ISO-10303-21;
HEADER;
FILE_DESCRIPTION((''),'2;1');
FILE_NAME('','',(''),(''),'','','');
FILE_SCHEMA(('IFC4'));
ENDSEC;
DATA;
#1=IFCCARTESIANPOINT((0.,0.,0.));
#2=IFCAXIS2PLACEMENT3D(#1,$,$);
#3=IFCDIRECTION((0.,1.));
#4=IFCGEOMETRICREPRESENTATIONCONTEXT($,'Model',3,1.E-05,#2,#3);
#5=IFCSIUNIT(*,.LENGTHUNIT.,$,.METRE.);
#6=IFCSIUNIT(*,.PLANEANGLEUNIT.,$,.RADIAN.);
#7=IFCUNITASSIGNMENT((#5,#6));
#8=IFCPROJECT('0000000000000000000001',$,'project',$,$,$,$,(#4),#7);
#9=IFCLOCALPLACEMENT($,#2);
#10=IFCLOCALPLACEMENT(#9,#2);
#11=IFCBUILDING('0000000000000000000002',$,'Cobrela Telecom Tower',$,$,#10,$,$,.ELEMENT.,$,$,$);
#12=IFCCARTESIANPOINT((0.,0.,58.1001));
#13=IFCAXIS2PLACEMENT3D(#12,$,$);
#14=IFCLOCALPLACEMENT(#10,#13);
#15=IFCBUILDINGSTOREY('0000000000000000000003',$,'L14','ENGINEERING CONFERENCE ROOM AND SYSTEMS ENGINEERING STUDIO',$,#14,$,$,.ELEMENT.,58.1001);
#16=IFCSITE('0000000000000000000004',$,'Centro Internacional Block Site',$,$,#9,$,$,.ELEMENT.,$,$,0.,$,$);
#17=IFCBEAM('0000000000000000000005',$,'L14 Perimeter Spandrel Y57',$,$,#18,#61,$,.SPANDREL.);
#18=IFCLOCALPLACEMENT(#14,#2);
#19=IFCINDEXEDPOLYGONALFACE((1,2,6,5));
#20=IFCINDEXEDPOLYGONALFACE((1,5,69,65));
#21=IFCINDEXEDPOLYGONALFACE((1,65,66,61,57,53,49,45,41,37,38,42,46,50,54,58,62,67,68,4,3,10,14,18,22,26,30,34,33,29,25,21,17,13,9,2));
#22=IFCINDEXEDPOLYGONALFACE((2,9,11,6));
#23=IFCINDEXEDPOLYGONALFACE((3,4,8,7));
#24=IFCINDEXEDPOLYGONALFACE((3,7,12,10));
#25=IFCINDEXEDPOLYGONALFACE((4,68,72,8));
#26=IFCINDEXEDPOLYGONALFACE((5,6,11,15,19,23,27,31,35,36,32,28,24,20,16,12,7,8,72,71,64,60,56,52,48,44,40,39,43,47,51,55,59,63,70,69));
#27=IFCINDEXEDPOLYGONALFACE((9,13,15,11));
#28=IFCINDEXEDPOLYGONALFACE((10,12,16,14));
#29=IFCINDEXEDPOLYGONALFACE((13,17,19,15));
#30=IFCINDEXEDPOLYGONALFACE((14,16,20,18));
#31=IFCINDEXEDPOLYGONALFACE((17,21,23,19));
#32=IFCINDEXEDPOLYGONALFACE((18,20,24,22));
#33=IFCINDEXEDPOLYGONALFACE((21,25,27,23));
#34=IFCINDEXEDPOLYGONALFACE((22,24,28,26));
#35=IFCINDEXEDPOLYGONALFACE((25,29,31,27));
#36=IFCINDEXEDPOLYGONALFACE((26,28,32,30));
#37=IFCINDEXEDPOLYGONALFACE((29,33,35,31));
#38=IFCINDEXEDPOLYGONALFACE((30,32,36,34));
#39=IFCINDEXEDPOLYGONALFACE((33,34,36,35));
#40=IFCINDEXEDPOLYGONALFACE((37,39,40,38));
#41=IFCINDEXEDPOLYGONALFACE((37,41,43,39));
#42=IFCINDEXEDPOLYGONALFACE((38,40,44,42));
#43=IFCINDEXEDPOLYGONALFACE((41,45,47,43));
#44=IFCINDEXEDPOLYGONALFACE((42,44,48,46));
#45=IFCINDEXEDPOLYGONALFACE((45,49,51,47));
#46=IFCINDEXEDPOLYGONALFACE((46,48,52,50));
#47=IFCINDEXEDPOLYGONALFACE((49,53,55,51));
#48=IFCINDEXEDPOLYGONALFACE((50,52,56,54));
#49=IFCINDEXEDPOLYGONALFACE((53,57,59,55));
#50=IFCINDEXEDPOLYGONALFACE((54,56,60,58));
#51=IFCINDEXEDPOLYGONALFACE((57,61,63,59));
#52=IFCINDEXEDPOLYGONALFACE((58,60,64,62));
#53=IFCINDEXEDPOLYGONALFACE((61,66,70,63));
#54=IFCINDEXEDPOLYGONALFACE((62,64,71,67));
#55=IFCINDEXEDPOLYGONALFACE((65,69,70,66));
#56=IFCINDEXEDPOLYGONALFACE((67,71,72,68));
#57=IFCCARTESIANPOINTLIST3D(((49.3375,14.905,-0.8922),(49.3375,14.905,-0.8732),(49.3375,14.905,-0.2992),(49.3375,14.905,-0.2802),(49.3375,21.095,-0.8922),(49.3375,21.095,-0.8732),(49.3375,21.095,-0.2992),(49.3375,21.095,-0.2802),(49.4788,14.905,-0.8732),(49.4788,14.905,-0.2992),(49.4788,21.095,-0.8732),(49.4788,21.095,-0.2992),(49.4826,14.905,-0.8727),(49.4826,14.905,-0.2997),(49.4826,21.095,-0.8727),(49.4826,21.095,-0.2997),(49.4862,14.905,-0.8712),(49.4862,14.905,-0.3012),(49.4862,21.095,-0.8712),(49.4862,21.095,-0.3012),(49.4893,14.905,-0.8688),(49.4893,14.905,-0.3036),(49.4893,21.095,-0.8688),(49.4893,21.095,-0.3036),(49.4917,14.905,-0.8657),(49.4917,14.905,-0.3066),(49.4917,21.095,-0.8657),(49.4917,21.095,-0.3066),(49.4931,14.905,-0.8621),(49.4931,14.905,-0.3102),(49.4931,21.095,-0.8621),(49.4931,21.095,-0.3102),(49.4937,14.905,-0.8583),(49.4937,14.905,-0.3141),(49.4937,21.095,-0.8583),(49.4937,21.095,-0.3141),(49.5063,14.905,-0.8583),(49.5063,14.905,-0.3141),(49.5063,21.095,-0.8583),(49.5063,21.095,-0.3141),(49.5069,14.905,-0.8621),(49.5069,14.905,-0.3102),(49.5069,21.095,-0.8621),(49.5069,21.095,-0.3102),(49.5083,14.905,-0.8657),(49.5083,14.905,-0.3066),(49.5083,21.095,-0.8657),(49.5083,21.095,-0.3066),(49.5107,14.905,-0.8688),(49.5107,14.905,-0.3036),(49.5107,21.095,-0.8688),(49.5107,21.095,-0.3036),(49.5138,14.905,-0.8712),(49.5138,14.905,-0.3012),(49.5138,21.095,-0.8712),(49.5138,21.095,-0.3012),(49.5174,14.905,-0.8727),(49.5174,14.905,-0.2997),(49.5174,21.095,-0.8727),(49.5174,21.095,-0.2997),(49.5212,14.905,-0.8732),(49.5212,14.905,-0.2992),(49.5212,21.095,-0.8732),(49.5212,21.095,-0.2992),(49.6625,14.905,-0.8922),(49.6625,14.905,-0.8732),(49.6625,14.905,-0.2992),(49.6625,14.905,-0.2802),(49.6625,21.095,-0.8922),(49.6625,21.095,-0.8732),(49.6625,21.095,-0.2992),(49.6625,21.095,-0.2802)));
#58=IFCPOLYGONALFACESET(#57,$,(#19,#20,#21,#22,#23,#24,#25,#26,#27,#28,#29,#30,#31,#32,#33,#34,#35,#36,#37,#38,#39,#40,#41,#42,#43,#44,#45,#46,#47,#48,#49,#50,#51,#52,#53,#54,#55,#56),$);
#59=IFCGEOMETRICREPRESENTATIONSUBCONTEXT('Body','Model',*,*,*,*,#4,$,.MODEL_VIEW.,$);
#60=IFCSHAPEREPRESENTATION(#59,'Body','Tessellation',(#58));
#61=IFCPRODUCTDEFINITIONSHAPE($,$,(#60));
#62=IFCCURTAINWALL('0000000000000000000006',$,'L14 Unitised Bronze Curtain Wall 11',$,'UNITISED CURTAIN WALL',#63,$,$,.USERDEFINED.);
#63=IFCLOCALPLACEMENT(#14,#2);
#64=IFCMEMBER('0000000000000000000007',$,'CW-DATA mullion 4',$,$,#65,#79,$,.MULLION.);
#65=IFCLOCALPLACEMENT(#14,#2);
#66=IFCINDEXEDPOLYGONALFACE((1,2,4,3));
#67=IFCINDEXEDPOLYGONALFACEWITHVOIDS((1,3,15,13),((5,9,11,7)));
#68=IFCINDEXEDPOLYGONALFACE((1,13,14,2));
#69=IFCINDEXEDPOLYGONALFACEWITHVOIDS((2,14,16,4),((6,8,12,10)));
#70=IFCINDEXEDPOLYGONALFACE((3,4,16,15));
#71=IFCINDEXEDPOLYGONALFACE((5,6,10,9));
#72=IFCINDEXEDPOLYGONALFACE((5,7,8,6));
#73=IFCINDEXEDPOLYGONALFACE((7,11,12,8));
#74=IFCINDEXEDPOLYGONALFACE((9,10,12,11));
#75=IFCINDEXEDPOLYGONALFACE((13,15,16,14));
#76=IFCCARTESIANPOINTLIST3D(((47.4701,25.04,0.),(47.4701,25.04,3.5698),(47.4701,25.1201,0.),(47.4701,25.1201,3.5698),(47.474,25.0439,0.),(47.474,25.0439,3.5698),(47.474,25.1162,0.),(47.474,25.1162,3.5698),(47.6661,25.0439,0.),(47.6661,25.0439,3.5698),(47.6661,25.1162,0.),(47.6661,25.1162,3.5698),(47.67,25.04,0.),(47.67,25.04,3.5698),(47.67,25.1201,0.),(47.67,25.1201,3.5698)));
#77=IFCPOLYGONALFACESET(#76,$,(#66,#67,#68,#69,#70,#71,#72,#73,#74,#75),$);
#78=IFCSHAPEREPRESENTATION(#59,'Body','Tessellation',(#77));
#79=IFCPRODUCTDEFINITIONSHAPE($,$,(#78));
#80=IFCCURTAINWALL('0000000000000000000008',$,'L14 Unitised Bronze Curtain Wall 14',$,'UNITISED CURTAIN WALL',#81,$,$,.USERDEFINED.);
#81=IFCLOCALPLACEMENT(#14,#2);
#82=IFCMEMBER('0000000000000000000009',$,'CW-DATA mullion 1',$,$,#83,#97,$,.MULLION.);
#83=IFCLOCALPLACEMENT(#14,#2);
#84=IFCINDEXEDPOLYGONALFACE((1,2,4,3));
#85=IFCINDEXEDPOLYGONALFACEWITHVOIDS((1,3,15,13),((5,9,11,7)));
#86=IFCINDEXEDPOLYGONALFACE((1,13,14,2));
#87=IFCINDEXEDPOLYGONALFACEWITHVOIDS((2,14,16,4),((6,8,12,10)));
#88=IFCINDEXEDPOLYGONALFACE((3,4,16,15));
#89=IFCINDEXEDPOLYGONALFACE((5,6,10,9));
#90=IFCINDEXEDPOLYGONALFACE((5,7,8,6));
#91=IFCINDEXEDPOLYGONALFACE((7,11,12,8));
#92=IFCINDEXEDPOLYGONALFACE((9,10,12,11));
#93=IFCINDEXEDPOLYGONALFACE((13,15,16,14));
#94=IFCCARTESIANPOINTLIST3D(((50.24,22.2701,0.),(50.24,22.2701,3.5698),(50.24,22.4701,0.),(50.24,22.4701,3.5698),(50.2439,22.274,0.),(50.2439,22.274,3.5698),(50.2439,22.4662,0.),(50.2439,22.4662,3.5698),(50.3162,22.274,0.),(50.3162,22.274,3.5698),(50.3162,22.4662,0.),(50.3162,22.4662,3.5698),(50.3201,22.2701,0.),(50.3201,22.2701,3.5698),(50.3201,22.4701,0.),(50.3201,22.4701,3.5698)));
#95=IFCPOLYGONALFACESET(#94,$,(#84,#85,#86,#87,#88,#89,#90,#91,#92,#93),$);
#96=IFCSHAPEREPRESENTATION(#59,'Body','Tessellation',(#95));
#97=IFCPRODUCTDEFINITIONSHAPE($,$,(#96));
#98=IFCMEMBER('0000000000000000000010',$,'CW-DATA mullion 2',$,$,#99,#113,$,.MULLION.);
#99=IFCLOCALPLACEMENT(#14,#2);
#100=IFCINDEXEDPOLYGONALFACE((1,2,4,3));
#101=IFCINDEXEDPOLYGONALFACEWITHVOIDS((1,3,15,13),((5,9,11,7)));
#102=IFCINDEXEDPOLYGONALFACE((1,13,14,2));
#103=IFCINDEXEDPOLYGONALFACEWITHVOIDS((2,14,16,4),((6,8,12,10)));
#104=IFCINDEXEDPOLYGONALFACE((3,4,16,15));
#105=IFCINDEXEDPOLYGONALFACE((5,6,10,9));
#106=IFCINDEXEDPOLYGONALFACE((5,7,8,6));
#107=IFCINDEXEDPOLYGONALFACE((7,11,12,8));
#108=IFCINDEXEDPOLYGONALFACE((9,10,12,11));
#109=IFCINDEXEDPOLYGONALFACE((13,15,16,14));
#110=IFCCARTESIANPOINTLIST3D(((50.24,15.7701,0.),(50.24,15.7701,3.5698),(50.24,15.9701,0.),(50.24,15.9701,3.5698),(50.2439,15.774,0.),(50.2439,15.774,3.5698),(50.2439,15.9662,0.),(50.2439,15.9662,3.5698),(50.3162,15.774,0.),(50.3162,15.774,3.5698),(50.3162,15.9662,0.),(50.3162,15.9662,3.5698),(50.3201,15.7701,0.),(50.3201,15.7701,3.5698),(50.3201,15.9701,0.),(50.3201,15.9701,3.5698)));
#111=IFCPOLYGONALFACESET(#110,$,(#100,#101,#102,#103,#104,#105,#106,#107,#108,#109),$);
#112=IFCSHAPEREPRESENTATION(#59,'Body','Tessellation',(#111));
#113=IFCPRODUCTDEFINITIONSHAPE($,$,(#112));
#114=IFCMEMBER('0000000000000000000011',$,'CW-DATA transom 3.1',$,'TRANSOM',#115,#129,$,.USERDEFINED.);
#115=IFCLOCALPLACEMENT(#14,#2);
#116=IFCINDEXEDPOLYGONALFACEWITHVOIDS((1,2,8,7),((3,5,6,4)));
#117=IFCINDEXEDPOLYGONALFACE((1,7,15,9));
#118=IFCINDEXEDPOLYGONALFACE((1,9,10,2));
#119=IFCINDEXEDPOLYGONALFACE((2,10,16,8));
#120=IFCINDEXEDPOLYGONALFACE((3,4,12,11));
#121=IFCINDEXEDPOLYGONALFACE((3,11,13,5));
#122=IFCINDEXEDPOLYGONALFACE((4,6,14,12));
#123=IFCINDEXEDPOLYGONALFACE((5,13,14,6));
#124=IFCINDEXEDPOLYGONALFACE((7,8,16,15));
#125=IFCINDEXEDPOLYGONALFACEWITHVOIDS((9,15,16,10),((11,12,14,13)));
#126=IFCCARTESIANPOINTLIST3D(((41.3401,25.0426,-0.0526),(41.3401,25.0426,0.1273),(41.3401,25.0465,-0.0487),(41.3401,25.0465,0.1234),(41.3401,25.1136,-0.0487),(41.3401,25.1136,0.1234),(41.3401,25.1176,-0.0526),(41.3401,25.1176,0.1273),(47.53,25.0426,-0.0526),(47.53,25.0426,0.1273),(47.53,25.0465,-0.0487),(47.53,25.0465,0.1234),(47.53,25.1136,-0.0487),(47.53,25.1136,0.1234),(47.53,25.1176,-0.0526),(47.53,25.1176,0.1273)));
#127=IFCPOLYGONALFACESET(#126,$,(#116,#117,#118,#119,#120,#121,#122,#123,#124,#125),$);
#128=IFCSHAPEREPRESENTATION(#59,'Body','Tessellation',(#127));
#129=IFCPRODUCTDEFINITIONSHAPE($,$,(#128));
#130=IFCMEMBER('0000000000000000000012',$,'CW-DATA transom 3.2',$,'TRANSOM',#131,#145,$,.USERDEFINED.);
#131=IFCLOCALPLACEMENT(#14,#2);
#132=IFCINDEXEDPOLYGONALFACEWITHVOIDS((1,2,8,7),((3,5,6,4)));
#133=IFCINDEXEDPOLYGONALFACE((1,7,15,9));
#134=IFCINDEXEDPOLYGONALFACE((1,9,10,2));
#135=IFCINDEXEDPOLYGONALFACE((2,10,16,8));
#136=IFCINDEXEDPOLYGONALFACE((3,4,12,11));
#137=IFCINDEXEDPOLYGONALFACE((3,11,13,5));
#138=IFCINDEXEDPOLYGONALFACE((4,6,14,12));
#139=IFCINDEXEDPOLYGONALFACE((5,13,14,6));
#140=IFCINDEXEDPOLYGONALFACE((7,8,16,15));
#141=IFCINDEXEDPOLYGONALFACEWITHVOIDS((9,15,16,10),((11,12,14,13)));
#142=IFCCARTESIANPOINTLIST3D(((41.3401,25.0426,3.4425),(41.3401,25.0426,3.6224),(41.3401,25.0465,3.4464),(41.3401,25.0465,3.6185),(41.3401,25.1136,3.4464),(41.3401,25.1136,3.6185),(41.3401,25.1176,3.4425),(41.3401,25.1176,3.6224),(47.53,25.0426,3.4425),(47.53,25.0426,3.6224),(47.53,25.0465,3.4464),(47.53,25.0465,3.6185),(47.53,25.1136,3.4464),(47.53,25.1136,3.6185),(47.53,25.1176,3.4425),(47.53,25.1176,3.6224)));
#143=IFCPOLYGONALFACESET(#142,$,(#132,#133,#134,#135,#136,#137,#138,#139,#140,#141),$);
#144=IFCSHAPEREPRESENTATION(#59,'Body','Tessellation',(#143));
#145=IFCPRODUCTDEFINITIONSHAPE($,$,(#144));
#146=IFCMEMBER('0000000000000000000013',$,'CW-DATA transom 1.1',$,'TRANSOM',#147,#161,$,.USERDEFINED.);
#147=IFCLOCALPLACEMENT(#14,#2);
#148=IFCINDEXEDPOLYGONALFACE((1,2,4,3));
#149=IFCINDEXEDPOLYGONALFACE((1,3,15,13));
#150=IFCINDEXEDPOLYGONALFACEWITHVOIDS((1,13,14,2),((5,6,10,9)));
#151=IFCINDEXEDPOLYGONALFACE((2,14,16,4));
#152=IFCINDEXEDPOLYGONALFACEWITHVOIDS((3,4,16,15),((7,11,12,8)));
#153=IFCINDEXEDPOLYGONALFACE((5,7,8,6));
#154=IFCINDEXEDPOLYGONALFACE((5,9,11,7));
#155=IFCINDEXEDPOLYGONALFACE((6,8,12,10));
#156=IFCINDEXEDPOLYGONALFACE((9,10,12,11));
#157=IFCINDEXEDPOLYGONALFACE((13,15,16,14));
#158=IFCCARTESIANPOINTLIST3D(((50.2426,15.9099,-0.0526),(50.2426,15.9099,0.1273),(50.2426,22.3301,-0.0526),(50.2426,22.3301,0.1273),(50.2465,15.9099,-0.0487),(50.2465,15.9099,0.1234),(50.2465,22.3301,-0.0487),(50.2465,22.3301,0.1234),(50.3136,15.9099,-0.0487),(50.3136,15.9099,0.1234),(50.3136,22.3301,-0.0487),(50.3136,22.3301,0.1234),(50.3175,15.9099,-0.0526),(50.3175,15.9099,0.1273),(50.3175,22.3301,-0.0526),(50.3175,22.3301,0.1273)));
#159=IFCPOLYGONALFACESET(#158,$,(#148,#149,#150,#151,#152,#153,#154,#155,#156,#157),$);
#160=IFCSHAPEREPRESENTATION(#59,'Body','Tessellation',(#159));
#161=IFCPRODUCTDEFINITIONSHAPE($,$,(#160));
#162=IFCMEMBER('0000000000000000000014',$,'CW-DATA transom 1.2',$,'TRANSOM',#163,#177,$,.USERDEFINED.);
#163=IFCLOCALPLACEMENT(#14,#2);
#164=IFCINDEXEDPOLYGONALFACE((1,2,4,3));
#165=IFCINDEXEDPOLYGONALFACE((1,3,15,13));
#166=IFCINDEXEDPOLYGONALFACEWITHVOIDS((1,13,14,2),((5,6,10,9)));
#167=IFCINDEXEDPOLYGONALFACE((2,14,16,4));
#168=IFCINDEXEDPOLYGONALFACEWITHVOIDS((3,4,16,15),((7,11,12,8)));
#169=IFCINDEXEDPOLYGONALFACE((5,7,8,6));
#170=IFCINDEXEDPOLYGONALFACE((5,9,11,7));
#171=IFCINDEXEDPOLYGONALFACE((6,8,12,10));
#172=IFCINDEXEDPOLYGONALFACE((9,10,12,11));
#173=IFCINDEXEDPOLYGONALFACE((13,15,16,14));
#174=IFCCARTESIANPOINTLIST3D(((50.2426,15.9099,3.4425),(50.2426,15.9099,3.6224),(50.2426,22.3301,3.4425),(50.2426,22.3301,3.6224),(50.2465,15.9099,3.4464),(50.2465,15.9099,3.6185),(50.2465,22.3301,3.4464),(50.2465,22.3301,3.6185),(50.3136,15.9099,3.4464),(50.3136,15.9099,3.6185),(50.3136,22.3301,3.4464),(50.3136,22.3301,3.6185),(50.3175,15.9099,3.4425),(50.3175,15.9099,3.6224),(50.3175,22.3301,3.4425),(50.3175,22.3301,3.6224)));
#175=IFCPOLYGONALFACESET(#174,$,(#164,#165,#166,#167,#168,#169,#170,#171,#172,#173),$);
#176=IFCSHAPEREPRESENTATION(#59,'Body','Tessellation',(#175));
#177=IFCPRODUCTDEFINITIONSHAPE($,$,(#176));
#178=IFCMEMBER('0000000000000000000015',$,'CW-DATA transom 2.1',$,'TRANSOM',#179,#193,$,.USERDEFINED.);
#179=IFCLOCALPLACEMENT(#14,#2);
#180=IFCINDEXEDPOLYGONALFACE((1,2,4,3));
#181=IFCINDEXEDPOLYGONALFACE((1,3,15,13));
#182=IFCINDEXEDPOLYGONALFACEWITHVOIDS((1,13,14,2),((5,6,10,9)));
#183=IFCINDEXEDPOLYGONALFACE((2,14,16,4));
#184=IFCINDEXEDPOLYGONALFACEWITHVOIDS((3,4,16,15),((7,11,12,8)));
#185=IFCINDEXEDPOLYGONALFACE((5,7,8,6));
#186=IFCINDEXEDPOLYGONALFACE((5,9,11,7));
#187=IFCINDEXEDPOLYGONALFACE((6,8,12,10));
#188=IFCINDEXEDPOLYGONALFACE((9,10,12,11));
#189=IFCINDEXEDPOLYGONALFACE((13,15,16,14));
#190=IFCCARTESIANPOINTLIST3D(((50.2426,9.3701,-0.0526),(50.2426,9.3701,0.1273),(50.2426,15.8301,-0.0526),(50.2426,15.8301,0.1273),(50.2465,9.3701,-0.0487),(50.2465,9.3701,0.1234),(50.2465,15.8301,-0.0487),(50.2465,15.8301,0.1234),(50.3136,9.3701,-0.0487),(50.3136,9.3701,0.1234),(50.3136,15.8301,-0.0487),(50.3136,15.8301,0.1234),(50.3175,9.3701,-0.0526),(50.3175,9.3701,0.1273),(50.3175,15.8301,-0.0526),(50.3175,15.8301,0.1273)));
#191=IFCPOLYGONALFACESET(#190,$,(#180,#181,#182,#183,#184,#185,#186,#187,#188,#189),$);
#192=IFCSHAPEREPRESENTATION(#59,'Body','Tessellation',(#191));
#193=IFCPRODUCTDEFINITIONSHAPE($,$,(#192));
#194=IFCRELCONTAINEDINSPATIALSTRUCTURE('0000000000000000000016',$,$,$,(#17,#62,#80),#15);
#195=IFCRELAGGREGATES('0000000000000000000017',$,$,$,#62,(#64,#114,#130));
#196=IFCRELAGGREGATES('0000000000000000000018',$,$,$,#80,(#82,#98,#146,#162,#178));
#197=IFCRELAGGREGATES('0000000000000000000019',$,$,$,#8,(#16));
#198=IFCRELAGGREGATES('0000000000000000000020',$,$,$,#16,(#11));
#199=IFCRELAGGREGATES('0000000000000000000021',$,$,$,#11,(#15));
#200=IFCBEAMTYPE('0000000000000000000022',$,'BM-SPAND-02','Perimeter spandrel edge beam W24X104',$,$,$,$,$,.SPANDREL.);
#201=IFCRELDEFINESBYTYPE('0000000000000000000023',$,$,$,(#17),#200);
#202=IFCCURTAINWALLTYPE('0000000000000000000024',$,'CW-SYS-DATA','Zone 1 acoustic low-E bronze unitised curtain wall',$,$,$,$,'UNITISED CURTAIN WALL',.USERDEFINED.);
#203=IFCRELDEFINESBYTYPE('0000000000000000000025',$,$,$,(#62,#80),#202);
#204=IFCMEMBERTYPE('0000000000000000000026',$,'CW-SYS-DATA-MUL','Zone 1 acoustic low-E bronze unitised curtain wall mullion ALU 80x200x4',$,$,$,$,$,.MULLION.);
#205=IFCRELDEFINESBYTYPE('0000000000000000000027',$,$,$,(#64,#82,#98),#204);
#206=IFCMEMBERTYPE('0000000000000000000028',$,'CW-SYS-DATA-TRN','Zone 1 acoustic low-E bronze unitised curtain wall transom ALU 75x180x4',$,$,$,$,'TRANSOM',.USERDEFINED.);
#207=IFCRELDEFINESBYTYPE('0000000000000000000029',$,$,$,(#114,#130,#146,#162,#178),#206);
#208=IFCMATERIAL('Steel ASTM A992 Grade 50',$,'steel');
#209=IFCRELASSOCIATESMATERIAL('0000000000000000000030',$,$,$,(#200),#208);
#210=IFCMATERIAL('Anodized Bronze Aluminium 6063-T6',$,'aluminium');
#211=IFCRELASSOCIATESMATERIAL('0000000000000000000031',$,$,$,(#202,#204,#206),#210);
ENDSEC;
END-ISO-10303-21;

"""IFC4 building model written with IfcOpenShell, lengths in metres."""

from ifc_helpers import new_model, si_unit, direction, frame, origin, origin_2d, place, context, subcontext, project, spatial, hollow_rectangle, i_section, extrude, material, material_profile, profile_set, type_object, element, aggregate, save


model = new_model("IFC4")

# Units and contexts
model_context = context("Model", 3, precision=1e-05, world=origin(), true_north=direction((0.0, 1.0)))
body_context = subcontext(model_context, "Body", "Model", "MODEL_VIEW")
ifc_project = project(units=[si_unit("LENGTHUNIT", "METRE"), si_unit("PLANEANGLEUNIT", "RADIAN")], contexts=[model_context])

# Site, building, storey
site_placement = place(None, origin())
site = spatial("IfcSite", under=ifc_project, at=site_placement, Name="Centro Internacional Block Site", CompositionType="ELEMENT", RefElevation=0.0)
building_placement = place(site_placement, origin())
building = spatial("IfcBuilding", under=site, at=building_placement, Name="Cobrela Telecom Tower", CompositionType="ELEMENT")
storey_placement = place(building_placement, frame((0.0, 0.0, 58.1001)))
storey = spatial("IfcBuildingStorey", under=building, at=storey_placement, Name="L14", Description="ENGINEERING CONFERENCE ROOM AND SYSTEMS ENGINEERING STUDIO", CompositionType="ELEMENT", Elevation=58.1001)

# Shared definitions
ifc_material_1 = material(Name="Steel ASTM A992 Grade 50", Category="steel")

# Beam
ifc_material_profile_1 = material_profile(ifc_material_1, i_section(OverallWidth=0.325, OverallDepth=0.6121, WebThickness=0.0127, FlangeThickness=0.019, FilletRadius=0.0149, at=origin_2d()), Name="W24X104")
ifc_profile_set_1 = profile_set([ifc_material_profile_1], Name="Steel ASTM A992 Grade 50")
beam_type_1 = type_object("IfcBeamType", Name="BM-SPAND-02", Description="Perimeter spandrel edge beam W24X104", PredefinedType="SPANDREL", material=ifc_profile_set_1)
beam_1_placement = place(storey_placement, frame((49.5, 14.905, -0.5862), z_axis=(0.0, 1.0, 0.0), x_axis=(-1.0, 0.0, 0.0)))
element("IfcBeam", 1, at=beam_1_placement, inside=storey, type_object=beam_type_1, Name="L14 Perimeter Spandrel Y57", PredefinedType="SPANDREL", context=body_context, shape_type="SweptSolid", body=[
    extrude(i_section(OverallWidth=0.325, OverallDepth=0.6121, WebThickness=0.0127, FlangeThickness=0.019, FilletRadius=0.0149, at=origin_2d()), origin(), (0.0, 0.0, 1.0), 6.1899),
])

# Curtain wall, member
ifc_material_2 = material(Name="Anodized Bronze Aluminium 6063-T6", Category="aluminium")
curtain_wall_type = type_object("IfcCurtainWallType", Name="CW-SYS-DATA", Description="Zone 1 acoustic low-E bronze unitised curtain wall", ElementType="UNITISED CURTAIN WALL", PredefinedType="USERDEFINED", material=ifc_material_2)
curtain_wall_1_placement = place(storey_placement, origin())
curtain_wall_1 = element("IfcCurtainWall", 2, at=curtain_wall_1_placement, inside=storey, type_object=curtain_wall_type, Name="L14 Unitised Bronze Curtain Wall 11", ObjectType="UNITISED CURTAIN WALL", PredefinedType="USERDEFINED")
ifc_material_profile_2 = material_profile(ifc_material_2, hollow_rectangle(XDim=0.0801, YDim=0.2, WallThickness=0.0039, at=origin_2d()), Name="ALU 80x200x4")
ifc_profile_set_2 = profile_set([ifc_material_profile_2], Name="Anodized Bronze Aluminium 6063-T6")
member_type_1 = type_object("IfcMemberType", Name="CW-SYS-DATA-MUL", Description="Zone 1 acoustic low-E bronze unitised curtain wall mullion ALU 80x200x4", PredefinedType="MULLION", material=ifc_profile_set_2)
member_1_placement = place(storey_placement, frame((47.5701, 25.0801, 0.0), z_axis=(0.0, 0.0, 1.0), x_axis=(0.0, 1.0, 0.0)))
member_1 = element("IfcMember", 3, at=member_1_placement, type_object=member_type_1, Name="CW-DATA mullion 4", PredefinedType="MULLION", context=body_context, shape_type="SweptSolid", body=[
    extrude(hollow_rectangle(XDim=0.0801, YDim=0.2, WallThickness=0.0039, at=origin_2d()), origin(), (0.0, 0.0, 1.0), 3.5698),
])

# Curtain wall, members
curtain_wall_2_placement = place(storey_placement, origin())
curtain_wall_2 = element("IfcCurtainWall", 4, at=curtain_wall_2_placement, inside=storey, type_object=curtain_wall_type, Name="L14 Unitised Bronze Curtain Wall 14", ObjectType="UNITISED CURTAIN WALL", PredefinedType="USERDEFINED")
member_2_placement = place(storey_placement, frame((50.28, 22.3701, 0.0), z_axis=(0.0, 0.0, 1.0), x_axis=(1.0, 0.0, 0.0)))
member_2 = element("IfcMember", 5, at=member_2_placement, type_object=member_type_1, Name="CW-DATA mullion 1", PredefinedType="MULLION", context=body_context, shape_type="SweptSolid", body=[
    extrude(hollow_rectangle(XDim=0.0801, YDim=0.2, WallThickness=0.0039, at=origin_2d()), origin(), (0.0, 0.0, 1.0), 3.5698),
])
member_3_placement = place(storey_placement, frame((50.28, 15.8701, 0.0), z_axis=(0.0, 0.0, 1.0), x_axis=(1.0, 0.0, 0.0)))
member_3 = element("IfcMember", 6, at=member_3_placement, type_object=member_type_1, Name="CW-DATA mullion 2", PredefinedType="MULLION", context=body_context, shape_type="SweptSolid", body=[
    extrude(hollow_rectangle(XDim=0.0801, YDim=0.2, WallThickness=0.0039, at=origin_2d()), origin(), (0.0, 0.0, 1.0), 3.5698),
])

# Members
ifc_material_profile_3 = material_profile(ifc_material_2, hollow_rectangle(XDim=0.075, YDim=0.1799, WallThickness=0.0039, at=origin_2d()), Name="ALU 75x180x4")
ifc_profile_set_3 = profile_set([ifc_material_profile_3], Name="Anodized Bronze Aluminium 6063-T6")
member_type_2 = type_object("IfcMemberType", Name="CW-SYS-DATA-TRN", Description="Zone 1 acoustic low-E bronze unitised curtain wall transom ALU 75x180x4", ElementType="TRANSOM", PredefinedType="USERDEFINED", material=ifc_profile_set_3)
member_4_placement = place(storey_placement, frame((41.3401, 25.0801, 0.0374), z_axis=(1.0, 0.0, 0.0), x_axis=(0.0, 1.0, 0.0)))
member_4 = element("IfcMember", 7, at=member_4_placement, type_object=member_type_2, Name="CW-DATA transom 3.1", ObjectType="TRANSOM", PredefinedType="USERDEFINED", context=body_context, shape_type="SweptSolid", body=[
    extrude(hollow_rectangle(XDim=0.075, YDim=0.1799, WallThickness=0.0039, at=origin_2d()), origin(), (0.0, 0.0, 1.0), 6.1899),
])
member_5_placement = place(storey_placement, frame((41.3401, 25.0801, 3.5325), z_axis=(1.0, 0.0, 0.0), x_axis=(0.0, 1.0, 0.0)))
member_5 = element("IfcMember", 8, at=member_5_placement, type_object=member_type_2, Name="CW-DATA transom 3.2", ObjectType="TRANSOM", PredefinedType="USERDEFINED", context=body_context, shape_type="SweptSolid", body=[
    extrude(hollow_rectangle(XDim=0.075, YDim=0.1799, WallThickness=0.0039, at=origin_2d()), origin(), (0.0, 0.0, 1.0), 6.1899),
])
member_6_placement = place(storey_placement, frame((50.28, 22.3301, 0.0374), z_axis=(0.0, -1.0, 0.0), x_axis=(1.0, 0.0, 0.0)))
member_6 = element("IfcMember", 9, at=member_6_placement, type_object=member_type_2, Name="CW-DATA transom 1.1", ObjectType="TRANSOM", PredefinedType="USERDEFINED", context=body_context, shape_type="SweptSolid", body=[
    extrude(hollow_rectangle(XDim=0.075, YDim=0.1799, WallThickness=0.0039, at=origin_2d()), origin(), (0.0, 0.0, 1.0), 6.4202),
])
member_7_placement = place(storey_placement, frame((50.28, 22.3301, 3.5325), z_axis=(0.0, -1.0, 0.0), x_axis=(1.0, 0.0, 0.0)))
member_7 = element("IfcMember", 10, at=member_7_placement, type_object=member_type_2, Name="CW-DATA transom 1.2", ObjectType="TRANSOM", PredefinedType="USERDEFINED", context=body_context, shape_type="SweptSolid", body=[
    extrude(hollow_rectangle(XDim=0.075, YDim=0.1799, WallThickness=0.0039, at=origin_2d()), origin(), (0.0, 0.0, 1.0), 6.4202),
])
member_8_placement = place(storey_placement, frame((50.28, 15.8301, 0.0374), z_axis=(0.0, -1.0, 0.0), x_axis=(1.0, 0.0, 0.0)))
member_8 = element("IfcMember", 11, at=member_8_placement, type_object=member_type_2, Name="CW-DATA transom 2.1", ObjectType="TRANSOM", PredefinedType="USERDEFINED", context=body_context, shape_type="SweptSolid", body=[
    extrude(hollow_rectangle(XDim=0.075, YDim=0.1799, WallThickness=0.0039, at=origin_2d()), origin(), (0.0, 0.0, 1.0), 6.46),
])

aggregate(curtain_wall_1, [member_1, member_4, member_5])
aggregate(curtain_wall_2, [member_2, member_3, member_6, member_7, member_8])

save(model, "model.ifc")
